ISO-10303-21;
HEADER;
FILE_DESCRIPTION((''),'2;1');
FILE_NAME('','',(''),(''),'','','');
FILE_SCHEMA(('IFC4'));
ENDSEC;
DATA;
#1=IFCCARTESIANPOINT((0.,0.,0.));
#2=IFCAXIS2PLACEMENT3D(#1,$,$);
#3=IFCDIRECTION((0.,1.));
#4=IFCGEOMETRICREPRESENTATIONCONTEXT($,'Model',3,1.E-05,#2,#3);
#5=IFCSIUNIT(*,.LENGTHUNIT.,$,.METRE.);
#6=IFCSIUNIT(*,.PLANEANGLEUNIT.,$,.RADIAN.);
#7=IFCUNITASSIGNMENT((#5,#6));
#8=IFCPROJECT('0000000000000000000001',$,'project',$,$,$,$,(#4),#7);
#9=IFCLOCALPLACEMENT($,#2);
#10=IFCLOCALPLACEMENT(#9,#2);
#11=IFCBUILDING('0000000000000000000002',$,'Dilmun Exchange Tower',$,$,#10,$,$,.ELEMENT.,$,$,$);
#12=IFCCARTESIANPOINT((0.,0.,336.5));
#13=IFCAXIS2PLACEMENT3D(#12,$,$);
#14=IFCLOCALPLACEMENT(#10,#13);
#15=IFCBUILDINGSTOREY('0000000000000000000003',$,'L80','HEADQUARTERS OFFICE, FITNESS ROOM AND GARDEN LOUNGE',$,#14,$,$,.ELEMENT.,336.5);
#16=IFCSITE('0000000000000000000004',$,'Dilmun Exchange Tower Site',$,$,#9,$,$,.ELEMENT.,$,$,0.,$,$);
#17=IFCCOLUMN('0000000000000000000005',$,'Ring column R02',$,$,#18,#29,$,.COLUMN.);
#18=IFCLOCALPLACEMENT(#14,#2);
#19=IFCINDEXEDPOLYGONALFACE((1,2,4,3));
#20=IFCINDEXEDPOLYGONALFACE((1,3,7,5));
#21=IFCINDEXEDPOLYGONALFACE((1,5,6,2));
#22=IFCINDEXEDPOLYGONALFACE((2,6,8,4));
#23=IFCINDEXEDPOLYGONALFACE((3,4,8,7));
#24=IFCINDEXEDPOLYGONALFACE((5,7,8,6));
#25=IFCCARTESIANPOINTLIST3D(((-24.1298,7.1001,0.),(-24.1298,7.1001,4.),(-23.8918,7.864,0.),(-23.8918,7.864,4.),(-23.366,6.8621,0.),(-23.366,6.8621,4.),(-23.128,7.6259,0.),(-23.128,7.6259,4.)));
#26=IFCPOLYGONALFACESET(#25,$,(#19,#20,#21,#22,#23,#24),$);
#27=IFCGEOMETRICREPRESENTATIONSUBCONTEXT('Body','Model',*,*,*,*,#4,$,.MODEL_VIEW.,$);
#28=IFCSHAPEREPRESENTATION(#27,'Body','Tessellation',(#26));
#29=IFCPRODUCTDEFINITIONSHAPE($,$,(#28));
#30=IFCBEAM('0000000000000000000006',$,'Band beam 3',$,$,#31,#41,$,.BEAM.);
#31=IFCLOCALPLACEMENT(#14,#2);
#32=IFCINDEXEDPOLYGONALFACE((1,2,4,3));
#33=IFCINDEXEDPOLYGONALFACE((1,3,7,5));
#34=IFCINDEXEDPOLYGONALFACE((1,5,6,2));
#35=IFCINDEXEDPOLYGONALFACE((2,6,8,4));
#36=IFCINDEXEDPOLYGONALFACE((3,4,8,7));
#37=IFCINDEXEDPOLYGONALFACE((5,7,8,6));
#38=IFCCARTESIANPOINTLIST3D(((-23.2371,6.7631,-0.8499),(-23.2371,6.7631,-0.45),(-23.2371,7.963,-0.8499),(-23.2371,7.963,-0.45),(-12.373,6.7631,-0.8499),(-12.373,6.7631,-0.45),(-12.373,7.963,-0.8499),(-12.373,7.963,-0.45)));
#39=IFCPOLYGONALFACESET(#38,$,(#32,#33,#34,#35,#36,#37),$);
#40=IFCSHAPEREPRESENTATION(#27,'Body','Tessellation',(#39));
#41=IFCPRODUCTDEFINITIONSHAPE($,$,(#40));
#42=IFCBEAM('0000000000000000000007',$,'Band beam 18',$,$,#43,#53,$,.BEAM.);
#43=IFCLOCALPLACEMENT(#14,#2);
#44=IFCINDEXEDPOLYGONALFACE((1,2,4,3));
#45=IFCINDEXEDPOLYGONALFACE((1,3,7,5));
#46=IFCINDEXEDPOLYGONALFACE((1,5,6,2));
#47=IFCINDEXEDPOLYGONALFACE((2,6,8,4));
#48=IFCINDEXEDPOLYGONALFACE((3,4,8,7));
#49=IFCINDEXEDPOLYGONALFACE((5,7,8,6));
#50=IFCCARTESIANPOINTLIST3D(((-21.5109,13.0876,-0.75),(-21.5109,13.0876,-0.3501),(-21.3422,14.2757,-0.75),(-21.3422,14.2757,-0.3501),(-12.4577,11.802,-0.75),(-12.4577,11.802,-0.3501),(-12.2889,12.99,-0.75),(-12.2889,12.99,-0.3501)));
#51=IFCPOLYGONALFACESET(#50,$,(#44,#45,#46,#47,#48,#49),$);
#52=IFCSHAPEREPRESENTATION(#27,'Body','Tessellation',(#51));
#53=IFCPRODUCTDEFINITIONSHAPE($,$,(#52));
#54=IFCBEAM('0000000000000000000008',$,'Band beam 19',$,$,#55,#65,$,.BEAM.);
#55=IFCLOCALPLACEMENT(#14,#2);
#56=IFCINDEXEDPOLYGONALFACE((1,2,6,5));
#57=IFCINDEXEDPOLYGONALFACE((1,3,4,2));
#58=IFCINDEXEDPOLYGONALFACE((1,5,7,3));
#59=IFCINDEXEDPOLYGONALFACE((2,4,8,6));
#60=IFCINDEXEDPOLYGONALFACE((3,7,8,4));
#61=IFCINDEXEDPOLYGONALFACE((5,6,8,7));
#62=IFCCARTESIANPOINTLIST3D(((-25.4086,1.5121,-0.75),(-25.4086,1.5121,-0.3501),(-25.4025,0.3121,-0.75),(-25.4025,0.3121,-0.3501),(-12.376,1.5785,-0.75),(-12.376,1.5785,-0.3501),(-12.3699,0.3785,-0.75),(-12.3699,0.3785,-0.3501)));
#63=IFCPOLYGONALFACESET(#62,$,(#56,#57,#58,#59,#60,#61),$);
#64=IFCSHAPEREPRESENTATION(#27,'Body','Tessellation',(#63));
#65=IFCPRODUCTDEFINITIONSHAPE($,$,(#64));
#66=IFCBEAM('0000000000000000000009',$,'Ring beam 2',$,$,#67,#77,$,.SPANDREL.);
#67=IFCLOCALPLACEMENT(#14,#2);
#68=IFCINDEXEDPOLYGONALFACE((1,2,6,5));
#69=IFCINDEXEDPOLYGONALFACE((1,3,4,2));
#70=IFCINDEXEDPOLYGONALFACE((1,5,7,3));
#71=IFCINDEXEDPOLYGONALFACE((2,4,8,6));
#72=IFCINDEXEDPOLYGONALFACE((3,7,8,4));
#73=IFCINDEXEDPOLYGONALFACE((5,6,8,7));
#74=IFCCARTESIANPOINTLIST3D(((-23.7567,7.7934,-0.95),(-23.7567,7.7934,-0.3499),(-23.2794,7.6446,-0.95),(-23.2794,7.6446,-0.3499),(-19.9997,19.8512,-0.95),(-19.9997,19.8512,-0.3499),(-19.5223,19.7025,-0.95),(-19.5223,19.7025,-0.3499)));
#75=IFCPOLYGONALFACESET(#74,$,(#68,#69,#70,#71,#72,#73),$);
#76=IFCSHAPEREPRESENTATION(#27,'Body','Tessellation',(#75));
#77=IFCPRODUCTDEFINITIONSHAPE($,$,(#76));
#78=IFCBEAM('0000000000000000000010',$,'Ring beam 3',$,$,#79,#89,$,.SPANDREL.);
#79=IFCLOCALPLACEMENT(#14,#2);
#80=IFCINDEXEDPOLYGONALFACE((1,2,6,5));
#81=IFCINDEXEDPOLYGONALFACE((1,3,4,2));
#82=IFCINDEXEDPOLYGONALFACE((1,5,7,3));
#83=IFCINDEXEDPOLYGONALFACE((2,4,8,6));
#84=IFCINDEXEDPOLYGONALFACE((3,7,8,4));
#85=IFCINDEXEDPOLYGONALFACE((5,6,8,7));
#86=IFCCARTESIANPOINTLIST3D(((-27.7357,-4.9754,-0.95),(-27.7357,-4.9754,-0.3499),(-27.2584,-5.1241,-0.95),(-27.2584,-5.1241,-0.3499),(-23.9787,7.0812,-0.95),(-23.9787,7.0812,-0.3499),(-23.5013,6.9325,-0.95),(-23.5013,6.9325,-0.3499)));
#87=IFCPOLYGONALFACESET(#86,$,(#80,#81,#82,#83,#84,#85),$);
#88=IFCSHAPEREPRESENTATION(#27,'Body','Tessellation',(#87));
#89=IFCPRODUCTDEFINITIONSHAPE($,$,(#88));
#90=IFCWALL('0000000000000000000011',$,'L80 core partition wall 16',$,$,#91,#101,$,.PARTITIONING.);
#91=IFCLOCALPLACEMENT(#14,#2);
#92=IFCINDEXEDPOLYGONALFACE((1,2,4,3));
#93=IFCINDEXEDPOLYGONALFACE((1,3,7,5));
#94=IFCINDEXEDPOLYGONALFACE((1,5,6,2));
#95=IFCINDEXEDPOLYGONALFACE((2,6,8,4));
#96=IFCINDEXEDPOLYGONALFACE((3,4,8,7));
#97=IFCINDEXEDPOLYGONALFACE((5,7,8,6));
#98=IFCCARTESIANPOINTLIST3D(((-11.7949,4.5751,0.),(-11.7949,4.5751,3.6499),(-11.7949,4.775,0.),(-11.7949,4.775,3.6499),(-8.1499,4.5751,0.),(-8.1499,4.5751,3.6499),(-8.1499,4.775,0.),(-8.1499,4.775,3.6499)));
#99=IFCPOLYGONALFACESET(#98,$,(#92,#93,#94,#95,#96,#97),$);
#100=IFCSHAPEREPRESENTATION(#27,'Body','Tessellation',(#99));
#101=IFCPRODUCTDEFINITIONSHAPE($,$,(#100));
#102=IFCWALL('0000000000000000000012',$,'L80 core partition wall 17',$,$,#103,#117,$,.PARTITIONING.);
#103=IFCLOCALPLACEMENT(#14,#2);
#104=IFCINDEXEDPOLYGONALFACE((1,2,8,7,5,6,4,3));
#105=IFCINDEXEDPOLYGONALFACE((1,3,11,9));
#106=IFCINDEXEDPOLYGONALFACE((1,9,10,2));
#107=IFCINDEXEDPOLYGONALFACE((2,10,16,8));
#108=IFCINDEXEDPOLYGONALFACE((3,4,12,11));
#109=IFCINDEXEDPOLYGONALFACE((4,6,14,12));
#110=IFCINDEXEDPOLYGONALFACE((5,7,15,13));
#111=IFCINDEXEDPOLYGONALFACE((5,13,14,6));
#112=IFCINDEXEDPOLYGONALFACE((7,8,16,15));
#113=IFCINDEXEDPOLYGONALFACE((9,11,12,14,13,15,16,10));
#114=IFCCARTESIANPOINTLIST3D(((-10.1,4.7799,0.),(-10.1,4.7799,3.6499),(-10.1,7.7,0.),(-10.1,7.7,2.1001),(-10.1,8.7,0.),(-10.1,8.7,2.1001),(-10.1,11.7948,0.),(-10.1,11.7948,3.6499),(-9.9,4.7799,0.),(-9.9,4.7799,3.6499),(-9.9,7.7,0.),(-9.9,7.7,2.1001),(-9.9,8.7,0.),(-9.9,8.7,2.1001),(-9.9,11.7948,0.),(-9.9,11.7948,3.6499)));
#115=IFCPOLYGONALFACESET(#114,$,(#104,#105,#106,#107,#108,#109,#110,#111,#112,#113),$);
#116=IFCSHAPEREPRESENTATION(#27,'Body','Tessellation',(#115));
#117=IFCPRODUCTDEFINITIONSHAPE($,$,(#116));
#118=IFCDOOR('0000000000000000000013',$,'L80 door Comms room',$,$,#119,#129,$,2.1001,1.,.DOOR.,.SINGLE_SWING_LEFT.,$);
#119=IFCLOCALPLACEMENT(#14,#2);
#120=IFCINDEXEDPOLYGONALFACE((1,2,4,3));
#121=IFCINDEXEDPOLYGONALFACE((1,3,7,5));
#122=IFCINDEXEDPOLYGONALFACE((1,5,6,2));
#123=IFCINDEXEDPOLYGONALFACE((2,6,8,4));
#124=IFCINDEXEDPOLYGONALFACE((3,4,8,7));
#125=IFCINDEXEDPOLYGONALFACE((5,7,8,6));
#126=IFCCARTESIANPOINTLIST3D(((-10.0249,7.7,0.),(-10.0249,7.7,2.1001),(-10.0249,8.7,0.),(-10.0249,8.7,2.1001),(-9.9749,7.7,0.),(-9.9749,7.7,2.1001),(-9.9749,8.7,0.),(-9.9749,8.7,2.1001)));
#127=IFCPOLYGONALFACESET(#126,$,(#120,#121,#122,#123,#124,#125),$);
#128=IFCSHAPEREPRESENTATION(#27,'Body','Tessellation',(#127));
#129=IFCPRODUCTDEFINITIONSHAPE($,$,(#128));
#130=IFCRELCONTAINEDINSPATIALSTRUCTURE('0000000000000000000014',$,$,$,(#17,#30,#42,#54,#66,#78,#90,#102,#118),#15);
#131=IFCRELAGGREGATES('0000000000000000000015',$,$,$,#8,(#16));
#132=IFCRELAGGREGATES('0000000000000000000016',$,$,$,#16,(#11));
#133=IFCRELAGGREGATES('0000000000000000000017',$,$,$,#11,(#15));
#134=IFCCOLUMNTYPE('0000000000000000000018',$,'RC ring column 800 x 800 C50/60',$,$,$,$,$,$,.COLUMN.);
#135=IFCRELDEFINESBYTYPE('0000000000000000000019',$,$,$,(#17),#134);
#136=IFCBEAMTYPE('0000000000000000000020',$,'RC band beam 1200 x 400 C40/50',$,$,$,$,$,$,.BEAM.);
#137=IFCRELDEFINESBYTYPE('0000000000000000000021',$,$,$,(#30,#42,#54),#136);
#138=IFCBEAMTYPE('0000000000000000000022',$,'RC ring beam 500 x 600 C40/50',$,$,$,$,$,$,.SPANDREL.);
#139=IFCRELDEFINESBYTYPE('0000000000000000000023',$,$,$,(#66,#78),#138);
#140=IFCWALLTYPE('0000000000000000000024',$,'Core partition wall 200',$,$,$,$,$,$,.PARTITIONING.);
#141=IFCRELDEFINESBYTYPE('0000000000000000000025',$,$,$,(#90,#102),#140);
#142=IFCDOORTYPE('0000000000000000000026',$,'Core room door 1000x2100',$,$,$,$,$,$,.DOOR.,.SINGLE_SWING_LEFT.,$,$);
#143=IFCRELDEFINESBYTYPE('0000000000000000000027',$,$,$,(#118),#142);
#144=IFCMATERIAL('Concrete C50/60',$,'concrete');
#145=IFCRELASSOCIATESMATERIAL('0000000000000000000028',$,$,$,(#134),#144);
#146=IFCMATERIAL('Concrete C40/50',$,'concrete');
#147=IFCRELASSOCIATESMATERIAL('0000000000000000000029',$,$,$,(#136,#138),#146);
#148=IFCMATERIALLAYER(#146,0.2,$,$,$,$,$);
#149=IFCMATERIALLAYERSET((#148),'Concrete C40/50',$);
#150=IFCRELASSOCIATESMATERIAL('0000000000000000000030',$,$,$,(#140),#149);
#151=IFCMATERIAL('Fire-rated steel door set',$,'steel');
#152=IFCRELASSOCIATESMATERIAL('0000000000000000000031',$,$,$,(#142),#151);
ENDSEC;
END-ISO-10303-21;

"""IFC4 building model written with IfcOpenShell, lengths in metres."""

from ifc_helpers import new_model, si_unit, direction, frame, frame_2d, origin, origin_2d, place, context, subcontext, project, spatial, rectangle, extrude, material, layer, layer_set, material_profile, profile_set, type_object, element, fill, save


model = new_model("IFC4")

# Units and contexts
model_context = context("Model", 3, precision=1e-05, world=origin(), true_north=direction((0.0, 1.0)))
body_context = subcontext(model_context, "Body", "Model", "MODEL_VIEW")
ifc_project = project(units=[si_unit("LENGTHUNIT", "METRE"), si_unit("PLANEANGLEUNIT", "RADIAN")], contexts=[model_context])

# Site, building, storey
site_placement = place(None, origin())
site = spatial("IfcSite", under=ifc_project, at=site_placement, Name="Dilmun Exchange Tower Site", CompositionType="ELEMENT", RefElevation=0.0)
building_placement = place(site_placement, origin())
building = spatial("IfcBuilding", under=site, at=building_placement, Name="Dilmun Exchange Tower", CompositionType="ELEMENT")
storey_placement = place(building_placement, frame((0.0, 0.0, 336.5)))
storey = spatial("IfcBuildingStorey", under=building, at=storey_placement, Name="L80", Description="HEADQUARTERS OFFICE, FITNESS ROOM AND GARDEN LOUNGE", CompositionType="ELEMENT", Elevation=336.5)

# Column
ifc_material_1 = material(Name="Concrete C50/60", Category="concrete")
ifc_material_profile_1 = material_profile(ifc_material_1, rectangle(XDim=0.8, YDim=0.8, at=origin_2d()), Name="800 x 800")
ifc_profile_set_1 = profile_set([ifc_material_profile_1], Name="Concrete C50/60")
column_type = type_object("IfcColumnType", Name="RC ring column 800 x 800 C50/60", PredefinedType="COLUMN", material=ifc_profile_set_1)
column_placement = place(storey_placement, frame((-23.6289, 7.363, 0.0), z_axis=(0.0, 0.0, 1.0), x_axis=(0.297503, 0.954721, 0.0)))
element("IfcColumn", 1, at=column_placement, inside=storey, type_object=column_type, Name="Ring column R02", PredefinedType="COLUMN", context=body_context, shape_type="SweptSolid", body=[
    extrude(rectangle(XDim=0.8, YDim=0.8, at=origin_2d()), origin(), (0.0, 0.0, 1.0), 4.0),
])

# Beams
ifc_material_2 = material(Name="Concrete C40/50", Category="concrete")
ifc_material_profile_2 = material_profile(ifc_material_2, rectangle(XDim=1.2, YDim=0.3999, at=origin_2d()), Name="1200 x 400")
ifc_profile_set_2 = profile_set([ifc_material_profile_2], Name="Concrete C40/50")
beam_type_1 = type_object("IfcBeamType", Name="RC band beam 1200 x 400 C40/50", PredefinedType="BEAM", material=ifc_profile_set_2)
beam_1_placement = place(storey_placement, frame((-23.2371, 7.363, -0.6499), z_axis=(1.0, 0.0, 0.0), x_axis=(0.0, 1.0, 0.0)))
element("IfcBeam", 2, at=beam_1_placement, inside=storey, type_object=beam_type_1, Name="Band beam 3", PredefinedType="BEAM", context=body_context, shape_type="SweptSolid", body=[
    extrude(rectangle(XDim=1.2, YDim=0.3999, at=origin_2d()), origin(), (0.0, 0.0, 1.0), 10.864),
])
beam_2_placement = place(storey_placement, frame((-21.4265, 13.6816, -0.55), z_axis=(0.990067, -0.140599, 0.0), x_axis=(0.140599, 0.990067, 0.0)))
element("IfcBeam", 3, at=beam_2_placement, inside=storey, type_object=beam_type_1, Name="Band beam 18", PredefinedType="BEAM", context=body_context, shape_type="SweptSolid", body=[
    extrude(rectangle(XDim=1.2, YDim=0.3999, at=origin_2d()), origin(), (0.0, 0.0, 1.0), 9.144),
])
beam_3_placement = place(storey_placement, frame((-25.4055, 0.9121, -0.55), z_axis=(0.999987, 0.005095, 0.0), x_axis=(-0.005095, 0.999987, 0.0)))
element("IfcBeam", 4, at=beam_3_placement, inside=storey, type_object=beam_type_1, Name="Band beam 19", PredefinedType="BEAM", context=body_context, shape_type="SweptSolid", body=[
    extrude(rectangle(XDim=1.2, YDim=0.3999, at=origin_2d()), origin(), (0.0, 0.0, 1.0), 13.0327),
])
ifc_material_profile_3 = material_profile(ifc_material_2, rectangle(XDim=0.5, YDim=0.6001, at=origin_2d()), Name="500 x 600")
ifc_profile_set_3 = profile_set([ifc_material_profile_3], Name="Concrete C40/50")
beam_type_2 = type_object("IfcBeamType", Name="RC ring beam 500 x 600 C40/50", PredefinedType="SPANDREL", material=ifc_profile_set_3)
beam_4_placement = place(storey_placement, frame((-19.761, 19.7769, -0.6499), z_axis=(-0.297481, -0.954728, 0.0), x_axis=(0.954728, -0.297481, 0.0)))
element("IfcBeam", 5, at=beam_4_placement, inside=storey, type_object=beam_type_2, Name="Ring beam 2", PredefinedType="SPANDREL", context=body_context, shape_type="SweptSolid", body=[
    extrude(rectangle(XDim=0.5, YDim=0.6001, at=origin_2d()), origin(), (0.0, 0.0, 1.0), 12.6296),
])
beam_5_placement = place(storey_placement, frame((-23.74, 7.0068, -0.6499), z_axis=(-0.297509, -0.954719, 0.0), x_axis=(0.954719, -0.297509, 0.0)))
element("IfcBeam", 6, at=beam_5_placement, inside=storey, type_object=beam_type_2, Name="Ring beam 3", PredefinedType="SPANDREL", context=body_context, shape_type="SweptSolid", body=[
    extrude(rectangle(XDim=0.5, YDim=0.6001, at=origin_2d()), origin(), (0.0, 0.0, 1.0), 12.6284),
])

# Wall
ifc_layer_1 = layer(ifc_material_2, 0.2)
ifc_layer_set_1 = layer_set([ifc_layer_1], Name="Concrete C40/50")
wall_type_1 = type_object("IfcWallType", Name="Core partition wall 200", PredefinedType="PARTITIONING", material=ifc_layer_set_1)
wall_1_placement = place(storey_placement, frame((-11.7949, 4.675, 0.0), z_axis=(0.0, 0.0, 1.0), x_axis=(1.0, 0.0, 0.0)))
element("IfcWall", 7, at=wall_1_placement, inside=storey, type_object=wall_type_1, Name="L80 core partition wall 16", PredefinedType="PARTITIONING", context=body_context, shape_type="SweptSolid", body=[
    extrude(rectangle(XDim=3.645, YDim=0.2, at=frame_2d((1.8225, 0.0))), origin(), (0.0, 0.0, 1.0), 3.6499),
])

# Wall, opening, door
wall_2_placement = place(storey_placement, frame((-10.0, 4.78, 0.0), z_axis=(0.0, 0.0, 1.0), x_axis=(0.0, 1.0, 0.0)))
wall_2 = element("IfcWall", 8, at=wall_2_placement, inside=storey, type_object=wall_type_1, Name="L80 core partition wall 17", PredefinedType="PARTITIONING", context=body_context, shape_type="SweptSolid", body=[
    extrude(rectangle(XDim=7.0149, YDim=0.2, at=frame_2d((3.5073, 0.0))), origin(), (0.0, 0.0, 1.0), 3.6499),
])
opening_1_placement = place(wall_2_placement, frame((2.9199, 0.0, 0.0)))
opening_1 = element("IfcOpeningElement", 9, at=opening_1_placement, cuts=wall_2, PredefinedType="OPENING", context=body_context, shape_type="SweptSolid", body=[
    extrude(rectangle(XDim=1.0, YDim=2.1001, at=frame_2d((0.5, 1.05))), frame((0.0, 0.1099, 0.0), z_axis=(0.0, -1.0, 0.0), x_axis=(1.0, 0.0, 0.0)), (0.0, 0.0, 1.0), 0.22),
])
ifc_material_3 = material(Name="Fire-rated steel door set", Category="steel")
door_type_1 = type_object("IfcDoorType", Name="Core room door 1000x2100", OperationType="SINGLE_SWING_LEFT", PredefinedType="DOOR", material=ifc_material_3)
door_1_placement = place(opening_1_placement, origin())
door_1 = element("IfcDoor", 10, at=door_1_placement, inside=storey, type_object=door_type_1, Name="L80 door Comms room", OperationType="SINGLE_SWING_LEFT", OverallHeight=2.1001, OverallWidth=1.0, PredefinedType="DOOR", context=body_context, shape_type="SweptSolid", body=[
    extrude(rectangle(XDim=1.0, YDim=2.1001, at=frame_2d((0.5, 1.05))), frame((0.0, 0.0249, 0.0), z_axis=(0.0, -1.0, 0.0), x_axis=(1.0, 0.0, 0.0)), (0.0, 0.0, 1.0), 0.05),
])
fill(opening_1, door_1)

save(model, "model.ifc")
